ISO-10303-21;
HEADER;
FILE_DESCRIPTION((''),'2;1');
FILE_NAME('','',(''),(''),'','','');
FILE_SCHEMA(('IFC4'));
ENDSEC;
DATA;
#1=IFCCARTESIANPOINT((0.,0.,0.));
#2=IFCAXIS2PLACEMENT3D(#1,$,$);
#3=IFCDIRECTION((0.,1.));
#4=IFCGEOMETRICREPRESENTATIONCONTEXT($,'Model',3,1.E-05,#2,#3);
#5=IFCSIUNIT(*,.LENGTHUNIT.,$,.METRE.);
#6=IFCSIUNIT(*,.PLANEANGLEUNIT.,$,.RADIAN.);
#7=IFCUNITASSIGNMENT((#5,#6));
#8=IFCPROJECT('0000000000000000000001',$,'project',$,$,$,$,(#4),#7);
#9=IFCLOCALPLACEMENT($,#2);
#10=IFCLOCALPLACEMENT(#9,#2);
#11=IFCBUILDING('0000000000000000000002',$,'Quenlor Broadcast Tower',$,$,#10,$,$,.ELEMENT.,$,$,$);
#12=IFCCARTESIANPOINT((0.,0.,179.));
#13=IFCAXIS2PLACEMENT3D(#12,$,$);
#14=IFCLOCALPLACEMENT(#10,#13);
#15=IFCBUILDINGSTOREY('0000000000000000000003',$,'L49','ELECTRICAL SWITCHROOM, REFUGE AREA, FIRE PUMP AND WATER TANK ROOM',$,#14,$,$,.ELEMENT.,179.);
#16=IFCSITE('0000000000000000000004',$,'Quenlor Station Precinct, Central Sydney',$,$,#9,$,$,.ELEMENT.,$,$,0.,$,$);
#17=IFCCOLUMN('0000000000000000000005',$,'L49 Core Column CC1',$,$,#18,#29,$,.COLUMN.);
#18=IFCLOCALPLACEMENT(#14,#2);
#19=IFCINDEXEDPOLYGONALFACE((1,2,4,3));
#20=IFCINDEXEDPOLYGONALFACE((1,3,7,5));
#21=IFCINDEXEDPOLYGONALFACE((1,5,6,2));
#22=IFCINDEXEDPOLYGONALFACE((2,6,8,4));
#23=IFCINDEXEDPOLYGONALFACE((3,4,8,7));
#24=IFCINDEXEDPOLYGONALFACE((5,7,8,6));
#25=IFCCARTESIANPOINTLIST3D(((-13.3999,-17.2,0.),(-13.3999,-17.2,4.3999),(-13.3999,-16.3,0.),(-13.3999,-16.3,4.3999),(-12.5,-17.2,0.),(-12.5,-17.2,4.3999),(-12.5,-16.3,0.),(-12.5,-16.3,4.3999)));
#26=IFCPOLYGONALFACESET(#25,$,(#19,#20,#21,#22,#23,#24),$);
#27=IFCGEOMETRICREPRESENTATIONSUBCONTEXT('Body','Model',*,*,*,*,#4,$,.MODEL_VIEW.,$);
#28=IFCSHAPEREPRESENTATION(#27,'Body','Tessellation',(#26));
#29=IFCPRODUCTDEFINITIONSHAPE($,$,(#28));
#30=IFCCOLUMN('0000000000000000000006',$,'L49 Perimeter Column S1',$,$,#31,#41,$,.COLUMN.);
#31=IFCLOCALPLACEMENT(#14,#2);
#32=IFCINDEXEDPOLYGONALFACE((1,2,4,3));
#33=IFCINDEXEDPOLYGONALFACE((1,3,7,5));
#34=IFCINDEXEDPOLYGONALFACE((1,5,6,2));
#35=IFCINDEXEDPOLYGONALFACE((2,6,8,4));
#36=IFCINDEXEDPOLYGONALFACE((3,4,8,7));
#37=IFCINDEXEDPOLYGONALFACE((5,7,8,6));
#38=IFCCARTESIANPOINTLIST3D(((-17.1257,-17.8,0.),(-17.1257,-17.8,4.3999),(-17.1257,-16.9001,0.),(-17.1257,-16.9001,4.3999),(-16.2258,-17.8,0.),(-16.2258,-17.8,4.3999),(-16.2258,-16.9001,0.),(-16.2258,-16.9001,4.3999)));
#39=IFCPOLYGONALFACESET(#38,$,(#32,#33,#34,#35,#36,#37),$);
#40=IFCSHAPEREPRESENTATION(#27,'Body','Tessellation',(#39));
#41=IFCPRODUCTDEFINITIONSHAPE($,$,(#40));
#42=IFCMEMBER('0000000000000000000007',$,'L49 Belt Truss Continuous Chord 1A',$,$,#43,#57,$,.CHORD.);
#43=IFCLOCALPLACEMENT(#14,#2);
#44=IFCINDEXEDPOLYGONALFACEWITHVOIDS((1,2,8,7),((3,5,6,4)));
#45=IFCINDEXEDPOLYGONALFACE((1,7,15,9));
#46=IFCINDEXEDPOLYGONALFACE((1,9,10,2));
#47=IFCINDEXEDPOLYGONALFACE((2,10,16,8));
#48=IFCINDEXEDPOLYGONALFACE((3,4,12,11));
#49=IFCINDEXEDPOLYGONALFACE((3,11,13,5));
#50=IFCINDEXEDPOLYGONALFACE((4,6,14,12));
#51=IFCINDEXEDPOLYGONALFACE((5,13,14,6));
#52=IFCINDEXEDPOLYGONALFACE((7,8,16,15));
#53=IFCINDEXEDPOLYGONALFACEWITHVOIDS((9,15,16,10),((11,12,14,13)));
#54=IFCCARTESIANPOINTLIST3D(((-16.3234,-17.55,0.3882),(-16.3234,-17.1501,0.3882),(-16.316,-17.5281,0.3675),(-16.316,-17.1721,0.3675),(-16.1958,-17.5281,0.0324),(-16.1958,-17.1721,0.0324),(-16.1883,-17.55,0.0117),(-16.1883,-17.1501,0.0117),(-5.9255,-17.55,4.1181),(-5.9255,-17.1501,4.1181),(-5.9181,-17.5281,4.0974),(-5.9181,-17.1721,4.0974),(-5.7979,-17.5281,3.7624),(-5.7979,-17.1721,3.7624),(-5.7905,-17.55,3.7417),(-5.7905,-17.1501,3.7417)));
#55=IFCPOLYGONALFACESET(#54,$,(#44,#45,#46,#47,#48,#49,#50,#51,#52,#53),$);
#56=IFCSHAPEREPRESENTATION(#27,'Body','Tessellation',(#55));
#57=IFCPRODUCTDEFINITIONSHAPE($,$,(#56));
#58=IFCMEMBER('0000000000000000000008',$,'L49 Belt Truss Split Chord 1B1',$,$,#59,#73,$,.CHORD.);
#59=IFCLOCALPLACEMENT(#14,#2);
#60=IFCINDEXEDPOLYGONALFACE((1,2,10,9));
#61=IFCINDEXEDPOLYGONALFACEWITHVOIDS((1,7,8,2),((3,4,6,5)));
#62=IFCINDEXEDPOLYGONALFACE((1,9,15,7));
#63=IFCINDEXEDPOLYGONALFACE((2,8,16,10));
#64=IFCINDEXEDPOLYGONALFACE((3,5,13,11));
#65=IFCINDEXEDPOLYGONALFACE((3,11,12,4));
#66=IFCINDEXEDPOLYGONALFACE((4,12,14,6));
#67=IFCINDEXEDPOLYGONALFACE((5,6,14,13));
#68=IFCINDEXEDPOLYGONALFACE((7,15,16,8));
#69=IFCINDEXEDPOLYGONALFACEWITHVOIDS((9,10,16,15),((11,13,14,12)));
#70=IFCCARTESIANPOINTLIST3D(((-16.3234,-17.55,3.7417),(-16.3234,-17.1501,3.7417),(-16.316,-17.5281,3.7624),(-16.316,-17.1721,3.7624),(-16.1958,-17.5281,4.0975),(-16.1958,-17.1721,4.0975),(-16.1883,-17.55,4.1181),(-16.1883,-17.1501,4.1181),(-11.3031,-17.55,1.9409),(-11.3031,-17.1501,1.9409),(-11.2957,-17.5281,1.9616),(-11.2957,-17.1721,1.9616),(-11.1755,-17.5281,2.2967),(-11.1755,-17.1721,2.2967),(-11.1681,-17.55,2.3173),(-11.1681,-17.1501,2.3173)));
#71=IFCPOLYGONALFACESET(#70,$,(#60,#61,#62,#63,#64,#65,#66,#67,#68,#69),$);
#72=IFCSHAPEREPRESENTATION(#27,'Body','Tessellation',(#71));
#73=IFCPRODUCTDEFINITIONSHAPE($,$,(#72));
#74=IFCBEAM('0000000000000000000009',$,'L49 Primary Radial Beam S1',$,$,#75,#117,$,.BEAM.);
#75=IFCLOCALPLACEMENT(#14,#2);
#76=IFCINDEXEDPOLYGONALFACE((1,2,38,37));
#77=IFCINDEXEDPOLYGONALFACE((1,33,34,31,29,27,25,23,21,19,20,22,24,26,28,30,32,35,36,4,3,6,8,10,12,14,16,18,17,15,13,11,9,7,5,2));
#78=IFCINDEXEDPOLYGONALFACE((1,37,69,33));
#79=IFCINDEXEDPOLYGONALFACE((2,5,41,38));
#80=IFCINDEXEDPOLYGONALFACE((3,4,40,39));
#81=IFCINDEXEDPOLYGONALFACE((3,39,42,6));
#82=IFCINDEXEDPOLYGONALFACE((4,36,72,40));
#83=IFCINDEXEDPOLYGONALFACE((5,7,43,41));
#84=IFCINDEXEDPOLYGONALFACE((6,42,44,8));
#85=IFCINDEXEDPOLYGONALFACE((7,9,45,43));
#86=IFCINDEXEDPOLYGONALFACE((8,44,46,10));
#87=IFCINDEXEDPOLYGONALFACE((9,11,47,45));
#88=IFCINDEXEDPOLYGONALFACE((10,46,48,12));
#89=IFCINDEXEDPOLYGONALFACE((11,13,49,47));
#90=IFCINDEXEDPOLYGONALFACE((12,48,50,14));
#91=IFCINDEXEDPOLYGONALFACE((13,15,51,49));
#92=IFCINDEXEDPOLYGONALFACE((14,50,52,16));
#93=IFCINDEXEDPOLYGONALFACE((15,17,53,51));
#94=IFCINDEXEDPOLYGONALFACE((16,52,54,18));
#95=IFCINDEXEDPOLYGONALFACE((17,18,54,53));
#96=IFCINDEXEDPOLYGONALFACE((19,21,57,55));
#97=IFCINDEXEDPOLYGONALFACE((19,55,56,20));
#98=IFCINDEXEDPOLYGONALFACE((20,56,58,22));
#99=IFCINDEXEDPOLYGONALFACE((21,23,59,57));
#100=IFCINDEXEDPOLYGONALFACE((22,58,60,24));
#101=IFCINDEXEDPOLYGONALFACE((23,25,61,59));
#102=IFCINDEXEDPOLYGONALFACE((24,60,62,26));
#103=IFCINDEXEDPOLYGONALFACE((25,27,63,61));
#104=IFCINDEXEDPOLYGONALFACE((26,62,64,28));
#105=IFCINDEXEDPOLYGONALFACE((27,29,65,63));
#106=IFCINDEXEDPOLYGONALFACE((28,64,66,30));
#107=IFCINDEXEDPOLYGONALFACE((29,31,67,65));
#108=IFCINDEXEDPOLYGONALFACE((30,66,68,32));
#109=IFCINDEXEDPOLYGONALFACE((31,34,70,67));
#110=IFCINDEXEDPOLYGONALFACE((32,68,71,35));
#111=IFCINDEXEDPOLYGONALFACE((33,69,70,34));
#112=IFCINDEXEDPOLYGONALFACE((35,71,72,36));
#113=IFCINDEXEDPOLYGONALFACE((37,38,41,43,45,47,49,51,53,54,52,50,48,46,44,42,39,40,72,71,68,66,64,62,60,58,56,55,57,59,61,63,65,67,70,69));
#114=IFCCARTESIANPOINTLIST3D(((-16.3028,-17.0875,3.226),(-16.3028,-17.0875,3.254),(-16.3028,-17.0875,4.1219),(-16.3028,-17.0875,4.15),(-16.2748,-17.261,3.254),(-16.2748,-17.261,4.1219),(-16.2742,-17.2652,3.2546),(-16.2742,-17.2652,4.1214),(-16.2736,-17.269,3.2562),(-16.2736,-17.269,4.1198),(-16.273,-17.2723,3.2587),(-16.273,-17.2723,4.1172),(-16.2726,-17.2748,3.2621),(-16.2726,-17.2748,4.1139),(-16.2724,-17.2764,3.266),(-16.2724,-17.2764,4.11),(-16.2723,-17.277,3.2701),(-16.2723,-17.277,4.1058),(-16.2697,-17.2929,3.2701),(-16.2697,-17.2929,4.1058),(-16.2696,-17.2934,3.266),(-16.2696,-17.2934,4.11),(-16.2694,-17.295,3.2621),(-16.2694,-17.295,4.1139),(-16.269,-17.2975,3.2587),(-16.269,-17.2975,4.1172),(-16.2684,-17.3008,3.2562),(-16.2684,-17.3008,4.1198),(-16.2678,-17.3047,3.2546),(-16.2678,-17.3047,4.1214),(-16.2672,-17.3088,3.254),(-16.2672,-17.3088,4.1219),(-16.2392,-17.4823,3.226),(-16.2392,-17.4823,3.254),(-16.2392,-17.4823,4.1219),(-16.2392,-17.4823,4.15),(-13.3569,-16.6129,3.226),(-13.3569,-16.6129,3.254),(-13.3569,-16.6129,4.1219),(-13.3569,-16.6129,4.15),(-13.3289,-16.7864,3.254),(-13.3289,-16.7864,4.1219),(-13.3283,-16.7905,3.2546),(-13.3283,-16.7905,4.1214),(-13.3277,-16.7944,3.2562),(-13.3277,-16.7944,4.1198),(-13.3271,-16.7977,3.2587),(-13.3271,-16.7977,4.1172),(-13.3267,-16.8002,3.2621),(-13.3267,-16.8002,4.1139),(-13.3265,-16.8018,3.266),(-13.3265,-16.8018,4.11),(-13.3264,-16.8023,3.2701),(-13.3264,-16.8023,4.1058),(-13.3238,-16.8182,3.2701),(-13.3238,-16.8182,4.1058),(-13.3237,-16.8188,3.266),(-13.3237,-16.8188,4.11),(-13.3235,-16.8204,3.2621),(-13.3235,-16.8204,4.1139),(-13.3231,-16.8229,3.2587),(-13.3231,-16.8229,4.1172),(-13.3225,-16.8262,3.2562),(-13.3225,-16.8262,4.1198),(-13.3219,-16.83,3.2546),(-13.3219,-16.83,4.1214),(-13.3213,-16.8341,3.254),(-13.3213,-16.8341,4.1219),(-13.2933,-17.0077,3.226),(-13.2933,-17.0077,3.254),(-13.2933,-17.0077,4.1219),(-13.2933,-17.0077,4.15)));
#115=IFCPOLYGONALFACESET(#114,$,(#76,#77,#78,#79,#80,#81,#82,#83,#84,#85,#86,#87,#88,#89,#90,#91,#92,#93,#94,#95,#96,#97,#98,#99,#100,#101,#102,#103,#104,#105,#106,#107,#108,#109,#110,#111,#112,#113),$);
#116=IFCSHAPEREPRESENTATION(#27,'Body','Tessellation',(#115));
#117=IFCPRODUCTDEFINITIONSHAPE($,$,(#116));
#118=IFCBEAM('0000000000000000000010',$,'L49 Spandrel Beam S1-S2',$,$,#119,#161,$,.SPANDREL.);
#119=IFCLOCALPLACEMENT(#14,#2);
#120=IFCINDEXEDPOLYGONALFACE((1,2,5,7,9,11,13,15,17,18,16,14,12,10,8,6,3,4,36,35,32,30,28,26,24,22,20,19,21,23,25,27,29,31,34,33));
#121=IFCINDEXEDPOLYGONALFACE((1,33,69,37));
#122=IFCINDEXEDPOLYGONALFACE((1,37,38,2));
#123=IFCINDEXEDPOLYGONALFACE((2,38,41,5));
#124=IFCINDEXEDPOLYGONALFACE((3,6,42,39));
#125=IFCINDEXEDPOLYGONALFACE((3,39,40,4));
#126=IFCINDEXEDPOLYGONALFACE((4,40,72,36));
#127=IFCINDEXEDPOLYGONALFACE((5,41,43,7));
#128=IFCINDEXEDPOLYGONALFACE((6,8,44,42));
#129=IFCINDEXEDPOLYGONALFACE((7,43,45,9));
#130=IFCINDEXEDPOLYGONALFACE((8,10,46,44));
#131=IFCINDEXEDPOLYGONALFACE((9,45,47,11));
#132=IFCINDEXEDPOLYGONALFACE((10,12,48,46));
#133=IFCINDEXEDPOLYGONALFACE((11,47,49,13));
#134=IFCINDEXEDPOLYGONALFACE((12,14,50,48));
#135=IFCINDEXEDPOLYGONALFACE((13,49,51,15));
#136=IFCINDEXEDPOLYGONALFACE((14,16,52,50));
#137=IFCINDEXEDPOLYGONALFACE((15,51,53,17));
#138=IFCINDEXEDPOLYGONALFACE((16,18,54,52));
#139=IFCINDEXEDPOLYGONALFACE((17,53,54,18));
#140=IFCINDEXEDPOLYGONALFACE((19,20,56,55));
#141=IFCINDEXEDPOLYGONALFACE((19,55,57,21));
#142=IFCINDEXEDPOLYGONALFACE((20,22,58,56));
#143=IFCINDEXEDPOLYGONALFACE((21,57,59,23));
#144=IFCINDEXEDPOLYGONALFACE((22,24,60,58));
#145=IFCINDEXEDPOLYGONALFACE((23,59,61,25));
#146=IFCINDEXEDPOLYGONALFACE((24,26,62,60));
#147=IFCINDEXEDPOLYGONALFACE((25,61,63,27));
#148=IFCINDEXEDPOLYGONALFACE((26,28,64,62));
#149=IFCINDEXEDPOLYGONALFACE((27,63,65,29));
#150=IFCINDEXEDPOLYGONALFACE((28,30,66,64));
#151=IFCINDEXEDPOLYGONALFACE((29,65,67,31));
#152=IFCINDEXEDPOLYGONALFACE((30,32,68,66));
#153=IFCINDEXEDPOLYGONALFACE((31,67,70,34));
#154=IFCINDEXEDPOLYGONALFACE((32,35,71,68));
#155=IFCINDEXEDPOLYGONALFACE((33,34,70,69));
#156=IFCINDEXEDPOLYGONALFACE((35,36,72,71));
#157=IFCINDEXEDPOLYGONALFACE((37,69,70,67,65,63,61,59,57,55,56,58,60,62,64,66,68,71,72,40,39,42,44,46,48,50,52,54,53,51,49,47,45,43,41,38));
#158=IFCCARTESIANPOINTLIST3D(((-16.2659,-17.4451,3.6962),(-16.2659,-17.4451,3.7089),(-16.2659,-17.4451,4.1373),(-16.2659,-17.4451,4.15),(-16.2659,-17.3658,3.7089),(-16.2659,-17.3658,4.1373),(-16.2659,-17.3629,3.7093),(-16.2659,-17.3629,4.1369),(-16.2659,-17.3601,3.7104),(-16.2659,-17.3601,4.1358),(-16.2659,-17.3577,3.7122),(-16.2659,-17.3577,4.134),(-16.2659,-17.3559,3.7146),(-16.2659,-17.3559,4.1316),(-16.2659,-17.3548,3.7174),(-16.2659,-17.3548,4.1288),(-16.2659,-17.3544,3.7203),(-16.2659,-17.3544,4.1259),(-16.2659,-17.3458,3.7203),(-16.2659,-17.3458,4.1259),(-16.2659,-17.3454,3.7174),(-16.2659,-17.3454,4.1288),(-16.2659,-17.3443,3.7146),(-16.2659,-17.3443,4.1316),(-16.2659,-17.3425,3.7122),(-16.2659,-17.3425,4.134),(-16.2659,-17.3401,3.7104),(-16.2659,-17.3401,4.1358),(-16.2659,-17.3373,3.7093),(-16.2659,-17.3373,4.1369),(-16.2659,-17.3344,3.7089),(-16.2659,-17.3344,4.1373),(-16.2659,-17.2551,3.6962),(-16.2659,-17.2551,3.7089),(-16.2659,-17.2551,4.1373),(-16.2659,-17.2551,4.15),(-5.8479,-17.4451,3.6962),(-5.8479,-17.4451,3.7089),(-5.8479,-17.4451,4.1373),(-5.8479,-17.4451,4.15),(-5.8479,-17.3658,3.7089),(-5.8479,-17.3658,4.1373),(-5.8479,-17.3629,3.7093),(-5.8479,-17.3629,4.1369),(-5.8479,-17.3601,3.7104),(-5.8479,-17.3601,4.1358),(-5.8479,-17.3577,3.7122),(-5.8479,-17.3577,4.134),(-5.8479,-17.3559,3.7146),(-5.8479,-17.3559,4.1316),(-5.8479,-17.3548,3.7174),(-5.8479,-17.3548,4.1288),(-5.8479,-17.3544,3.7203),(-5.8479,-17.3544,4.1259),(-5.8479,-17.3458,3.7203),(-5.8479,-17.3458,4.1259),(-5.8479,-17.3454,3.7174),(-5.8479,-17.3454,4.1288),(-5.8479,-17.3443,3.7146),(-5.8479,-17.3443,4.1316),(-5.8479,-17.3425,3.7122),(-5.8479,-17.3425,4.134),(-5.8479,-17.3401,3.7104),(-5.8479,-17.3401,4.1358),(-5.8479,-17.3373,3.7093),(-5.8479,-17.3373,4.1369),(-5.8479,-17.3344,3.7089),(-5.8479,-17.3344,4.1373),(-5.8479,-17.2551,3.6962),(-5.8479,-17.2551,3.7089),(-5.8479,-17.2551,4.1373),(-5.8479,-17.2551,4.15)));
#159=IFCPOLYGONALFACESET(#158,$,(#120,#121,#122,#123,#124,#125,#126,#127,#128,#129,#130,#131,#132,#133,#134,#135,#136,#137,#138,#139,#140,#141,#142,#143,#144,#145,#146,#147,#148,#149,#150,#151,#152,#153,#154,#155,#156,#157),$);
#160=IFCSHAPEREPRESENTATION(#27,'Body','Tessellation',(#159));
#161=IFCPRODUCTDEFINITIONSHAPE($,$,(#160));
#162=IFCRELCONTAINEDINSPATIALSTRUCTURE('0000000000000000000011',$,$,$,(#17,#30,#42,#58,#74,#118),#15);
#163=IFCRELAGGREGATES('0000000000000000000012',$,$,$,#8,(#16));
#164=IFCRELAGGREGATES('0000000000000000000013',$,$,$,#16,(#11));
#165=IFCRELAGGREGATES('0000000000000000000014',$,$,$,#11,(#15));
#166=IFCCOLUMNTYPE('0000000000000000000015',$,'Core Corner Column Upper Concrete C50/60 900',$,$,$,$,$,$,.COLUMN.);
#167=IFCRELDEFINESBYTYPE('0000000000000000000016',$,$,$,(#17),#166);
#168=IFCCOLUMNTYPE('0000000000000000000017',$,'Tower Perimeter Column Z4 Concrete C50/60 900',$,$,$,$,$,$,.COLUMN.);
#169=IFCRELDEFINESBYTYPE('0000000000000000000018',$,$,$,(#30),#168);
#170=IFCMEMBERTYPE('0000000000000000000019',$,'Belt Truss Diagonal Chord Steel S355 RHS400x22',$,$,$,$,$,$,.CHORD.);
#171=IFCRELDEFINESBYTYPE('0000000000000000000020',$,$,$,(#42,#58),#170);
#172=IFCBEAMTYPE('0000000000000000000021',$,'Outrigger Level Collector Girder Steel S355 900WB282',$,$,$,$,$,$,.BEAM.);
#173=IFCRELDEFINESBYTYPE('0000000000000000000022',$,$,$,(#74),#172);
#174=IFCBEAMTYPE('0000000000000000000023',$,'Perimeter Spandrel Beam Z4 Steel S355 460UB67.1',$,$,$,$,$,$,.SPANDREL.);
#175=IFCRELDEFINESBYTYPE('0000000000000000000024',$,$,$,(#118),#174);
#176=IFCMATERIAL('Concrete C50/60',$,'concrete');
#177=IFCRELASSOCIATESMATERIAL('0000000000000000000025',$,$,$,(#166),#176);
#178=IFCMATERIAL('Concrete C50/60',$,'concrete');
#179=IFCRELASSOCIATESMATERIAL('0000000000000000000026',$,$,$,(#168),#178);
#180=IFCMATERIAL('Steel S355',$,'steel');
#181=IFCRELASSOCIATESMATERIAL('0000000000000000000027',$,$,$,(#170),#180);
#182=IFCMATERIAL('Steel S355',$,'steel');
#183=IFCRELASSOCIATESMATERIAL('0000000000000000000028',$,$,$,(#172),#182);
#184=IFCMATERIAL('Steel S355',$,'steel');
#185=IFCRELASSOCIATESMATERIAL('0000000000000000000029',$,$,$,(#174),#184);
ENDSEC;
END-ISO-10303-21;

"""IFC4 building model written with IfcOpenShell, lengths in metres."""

from ifc_helpers import new_model, si_unit, direction, frame, origin, origin_2d, place, context, subcontext, project, spatial, rectangle, hollow_rectangle, i_section, extrude, material, material_profile, profile_set, type_object, element, save


model = new_model("IFC4")

# Units and contexts
model_context = context("Model", 3, precision=1e-05, world=origin(), true_north=direction((0.0, 1.0)))
body_context = subcontext(model_context, "Body", "Model", "MODEL_VIEW")
ifc_project = project(units=[si_unit("LENGTHUNIT", "METRE"), si_unit("PLANEANGLEUNIT", "RADIAN")], contexts=[model_context])

# Site, building, storey
site_placement = place(None, origin())
site = spatial("IfcSite", under=ifc_project, at=site_placement, Name="Quenlor Station Precinct, Central Sydney", CompositionType="ELEMENT", RefElevation=0.0)
building_placement = place(site_placement, origin())
building = spatial("IfcBuilding", under=site, at=building_placement, Name="Quenlor Broadcast Tower", CompositionType="ELEMENT")
storey_placement = place(building_placement, frame((0.0, 0.0, 179.0)))
storey = spatial("IfcBuildingStorey", under=building, at=storey_placement, Name="L49", Description="ELECTRICAL SWITCHROOM, REFUGE AREA, FIRE PUMP AND WATER TANK ROOM", CompositionType="ELEMENT", Elevation=179.0)

# Columns
ifc_material_1 = material(Name="Concrete C50/60", Category="concrete")
ifc_material_profile_1 = material_profile(ifc_material_1, rectangle(XDim=0.8999, YDim=0.8999, at=origin_2d()))
ifc_profile_set_1 = profile_set([ifc_material_profile_1], Name="Concrete C50/60 RC900x900")
column_type_1 = type_object("IfcColumnType", Name="Core Corner Column Upper Concrete C50/60 900", PredefinedType="COLUMN", material=ifc_profile_set_1)
column_1_placement = place(storey_placement, frame((-12.95, -16.75, 0.0), z_axis=(0.0, 0.0, 1.0), x_axis=(1.0, 0.0, 0.0)))
element("IfcColumn", 1, at=column_1_placement, inside=storey, type_object=column_type_1, Name="L49 Core Column CC1", PredefinedType="COLUMN", context=body_context, shape_type="SweptSolid", body=[
    extrude(rectangle(XDim=0.8999, YDim=0.8999, at=origin_2d()), origin(), (0.0, 0.0, 1.0), 4.3999),
])
ifc_material_2 = material(Name="Concrete C50/60", Category="concrete")
ifc_material_profile_2 = material_profile(ifc_material_2, rectangle(XDim=0.8999, YDim=0.8999, at=origin_2d()))
ifc_profile_set_2 = profile_set([ifc_material_profile_2], Name="Concrete C50/60 RC900x900")
column_type_2 = type_object("IfcColumnType", Name="Tower Perimeter Column Z4 Concrete C50/60 900", PredefinedType="COLUMN", material=ifc_profile_set_2)
column_2_placement = place(storey_placement, frame((-16.6758, -17.3501, 0.0), z_axis=(0.0, 0.0, 1.0), x_axis=(0.0, 1.0, 0.0)))
element("IfcColumn", 2, at=column_2_placement, inside=storey, type_object=column_type_2, Name="L49 Perimeter Column S1", PredefinedType="COLUMN", context=body_context, shape_type="SweptSolid", body=[
    extrude(rectangle(XDim=0.8999, YDim=0.8999, at=origin_2d()), origin(), (0.0, 0.0, 1.0), 4.3999),
])

# Members
ifc_material_3 = material(Name="Steel S355", Category="steel")
ifc_material_profile_3 = material_profile(ifc_material_3, hollow_rectangle(XDim=0.3999, YDim=0.3999, WallThickness=0.022, at=origin_2d()))
ifc_profile_set_3 = profile_set([ifc_material_profile_3], Name="Steel S355 RHS400x400x22")
member_type_1 = type_object("IfcMemberType", Name="Belt Truss Diagonal Chord Steel S355 RHS400x22", PredefinedType="CHORD", material=ifc_profile_set_3)
member_1_placement = place(storey_placement, frame((-16.2559, -17.3501, 0.2), z_axis=(0.94127, 0.0, 0.337655), x_axis=(0.0, 1.0, 0.0)))
element("IfcMember", 3, at=member_1_placement, inside=storey, type_object=member_type_1, Name="L49 Belt Truss Continuous Chord 1A", PredefinedType="CHORD", context=body_context, shape_type="SweptSolid", body=[
    extrude(hollow_rectangle(XDim=0.3999, YDim=0.3999, WallThickness=0.022, at=origin_2d()), origin(), (0.0, 0.0, 1.0), 11.0466),
])
member_2_placement = place(storey_placement, frame((-16.2559, -17.3501, 3.9299), z_axis=(0.941276, 0.0, -0.337638), x_axis=(0.0, 1.0, 0.0)))
element("IfcMember", 4, at=member_2_placement, inside=storey, type_object=member_type_1, Name="L49 Belt Truss Split Chord 1B1", PredefinedType="CHORD", context=body_context, shape_type="SweptSolid", body=[
    extrude(hollow_rectangle(XDim=0.3999, YDim=0.3999, WallThickness=0.022, at=origin_2d()), origin(), (0.0, 0.0, 1.0), 5.3335),
])

# Beams
ifc_material_4 = material(Name="Steel S355", Category="steel")
ifc_material_profile_4 = material_profile(ifc_material_4, i_section(OverallWidth=0.3999, OverallDepth=0.9241, WebThickness=0.0161, FlangeThickness=0.0281, FilletRadius=0.0161, at=origin_2d()))
ifc_profile_set_4 = profile_set([ifc_material_profile_4], Name="Steel S355 900WB282")
beam_type_1 = type_object("IfcBeamType", Name="Outrigger Level Collector Girder Steel S355 900WB282", PredefinedType="BEAM", material=ifc_profile_set_4)
beam_1_placement = place(storey_placement, frame((-16.271, -17.2849, 3.688), z_axis=(0.987268, 0.159063, 0.0), x_axis=(-0.159063, 0.987268, 0.0)))
element("IfcBeam", 5, at=beam_1_placement, inside=storey, type_object=beam_type_1, Name="L49 Primary Radial Beam S1", PredefinedType="BEAM", context=body_context, shape_type="SweptSolid", body=[
    extrude(i_section(OverallWidth=0.3999, OverallDepth=0.9241, WebThickness=0.0161, FlangeThickness=0.0281, FilletRadius=0.0161, at=origin_2d()), origin(), (0.0, 0.0, 1.0), 2.9839),
])
ifc_material_5 = material(Name="Steel S355", Category="steel")
ifc_material_profile_5 = material_profile(ifc_material_5, i_section(OverallWidth=0.1899, OverallDepth=0.4539, WebThickness=0.0085, FlangeThickness=0.0127, FilletRadius=0.0115, at=origin_2d()))
ifc_profile_set_5 = profile_set([ifc_material_profile_5], Name="Steel S355 460UB67.1")
beam_type_2 = type_object("IfcBeamType", Name="Perimeter Spandrel Beam Z4 Steel S355 460UB67.1", PredefinedType="SPANDREL", material=ifc_profile_set_5)
beam_2_placement = place(storey_placement, frame((-16.2659, -17.3501, 3.9231), z_axis=(1.0, 0.0, 0.0), x_axis=(0.0, 1.0, 0.0)))
element("IfcBeam", 6, at=beam_2_placement, inside=storey, type_object=beam_type_2, Name="L49 Spandrel Beam S1-S2", PredefinedType="SPANDREL", context=body_context, shape_type="SweptSolid", body=[
    extrude(i_section(OverallWidth=0.1899, OverallDepth=0.4539, WebThickness=0.0085, FlangeThickness=0.0127, FilletRadius=0.0115, at=origin_2d()), origin(), (0.0, 0.0, 1.0), 10.418),
])

save(model, "model.ifc")
